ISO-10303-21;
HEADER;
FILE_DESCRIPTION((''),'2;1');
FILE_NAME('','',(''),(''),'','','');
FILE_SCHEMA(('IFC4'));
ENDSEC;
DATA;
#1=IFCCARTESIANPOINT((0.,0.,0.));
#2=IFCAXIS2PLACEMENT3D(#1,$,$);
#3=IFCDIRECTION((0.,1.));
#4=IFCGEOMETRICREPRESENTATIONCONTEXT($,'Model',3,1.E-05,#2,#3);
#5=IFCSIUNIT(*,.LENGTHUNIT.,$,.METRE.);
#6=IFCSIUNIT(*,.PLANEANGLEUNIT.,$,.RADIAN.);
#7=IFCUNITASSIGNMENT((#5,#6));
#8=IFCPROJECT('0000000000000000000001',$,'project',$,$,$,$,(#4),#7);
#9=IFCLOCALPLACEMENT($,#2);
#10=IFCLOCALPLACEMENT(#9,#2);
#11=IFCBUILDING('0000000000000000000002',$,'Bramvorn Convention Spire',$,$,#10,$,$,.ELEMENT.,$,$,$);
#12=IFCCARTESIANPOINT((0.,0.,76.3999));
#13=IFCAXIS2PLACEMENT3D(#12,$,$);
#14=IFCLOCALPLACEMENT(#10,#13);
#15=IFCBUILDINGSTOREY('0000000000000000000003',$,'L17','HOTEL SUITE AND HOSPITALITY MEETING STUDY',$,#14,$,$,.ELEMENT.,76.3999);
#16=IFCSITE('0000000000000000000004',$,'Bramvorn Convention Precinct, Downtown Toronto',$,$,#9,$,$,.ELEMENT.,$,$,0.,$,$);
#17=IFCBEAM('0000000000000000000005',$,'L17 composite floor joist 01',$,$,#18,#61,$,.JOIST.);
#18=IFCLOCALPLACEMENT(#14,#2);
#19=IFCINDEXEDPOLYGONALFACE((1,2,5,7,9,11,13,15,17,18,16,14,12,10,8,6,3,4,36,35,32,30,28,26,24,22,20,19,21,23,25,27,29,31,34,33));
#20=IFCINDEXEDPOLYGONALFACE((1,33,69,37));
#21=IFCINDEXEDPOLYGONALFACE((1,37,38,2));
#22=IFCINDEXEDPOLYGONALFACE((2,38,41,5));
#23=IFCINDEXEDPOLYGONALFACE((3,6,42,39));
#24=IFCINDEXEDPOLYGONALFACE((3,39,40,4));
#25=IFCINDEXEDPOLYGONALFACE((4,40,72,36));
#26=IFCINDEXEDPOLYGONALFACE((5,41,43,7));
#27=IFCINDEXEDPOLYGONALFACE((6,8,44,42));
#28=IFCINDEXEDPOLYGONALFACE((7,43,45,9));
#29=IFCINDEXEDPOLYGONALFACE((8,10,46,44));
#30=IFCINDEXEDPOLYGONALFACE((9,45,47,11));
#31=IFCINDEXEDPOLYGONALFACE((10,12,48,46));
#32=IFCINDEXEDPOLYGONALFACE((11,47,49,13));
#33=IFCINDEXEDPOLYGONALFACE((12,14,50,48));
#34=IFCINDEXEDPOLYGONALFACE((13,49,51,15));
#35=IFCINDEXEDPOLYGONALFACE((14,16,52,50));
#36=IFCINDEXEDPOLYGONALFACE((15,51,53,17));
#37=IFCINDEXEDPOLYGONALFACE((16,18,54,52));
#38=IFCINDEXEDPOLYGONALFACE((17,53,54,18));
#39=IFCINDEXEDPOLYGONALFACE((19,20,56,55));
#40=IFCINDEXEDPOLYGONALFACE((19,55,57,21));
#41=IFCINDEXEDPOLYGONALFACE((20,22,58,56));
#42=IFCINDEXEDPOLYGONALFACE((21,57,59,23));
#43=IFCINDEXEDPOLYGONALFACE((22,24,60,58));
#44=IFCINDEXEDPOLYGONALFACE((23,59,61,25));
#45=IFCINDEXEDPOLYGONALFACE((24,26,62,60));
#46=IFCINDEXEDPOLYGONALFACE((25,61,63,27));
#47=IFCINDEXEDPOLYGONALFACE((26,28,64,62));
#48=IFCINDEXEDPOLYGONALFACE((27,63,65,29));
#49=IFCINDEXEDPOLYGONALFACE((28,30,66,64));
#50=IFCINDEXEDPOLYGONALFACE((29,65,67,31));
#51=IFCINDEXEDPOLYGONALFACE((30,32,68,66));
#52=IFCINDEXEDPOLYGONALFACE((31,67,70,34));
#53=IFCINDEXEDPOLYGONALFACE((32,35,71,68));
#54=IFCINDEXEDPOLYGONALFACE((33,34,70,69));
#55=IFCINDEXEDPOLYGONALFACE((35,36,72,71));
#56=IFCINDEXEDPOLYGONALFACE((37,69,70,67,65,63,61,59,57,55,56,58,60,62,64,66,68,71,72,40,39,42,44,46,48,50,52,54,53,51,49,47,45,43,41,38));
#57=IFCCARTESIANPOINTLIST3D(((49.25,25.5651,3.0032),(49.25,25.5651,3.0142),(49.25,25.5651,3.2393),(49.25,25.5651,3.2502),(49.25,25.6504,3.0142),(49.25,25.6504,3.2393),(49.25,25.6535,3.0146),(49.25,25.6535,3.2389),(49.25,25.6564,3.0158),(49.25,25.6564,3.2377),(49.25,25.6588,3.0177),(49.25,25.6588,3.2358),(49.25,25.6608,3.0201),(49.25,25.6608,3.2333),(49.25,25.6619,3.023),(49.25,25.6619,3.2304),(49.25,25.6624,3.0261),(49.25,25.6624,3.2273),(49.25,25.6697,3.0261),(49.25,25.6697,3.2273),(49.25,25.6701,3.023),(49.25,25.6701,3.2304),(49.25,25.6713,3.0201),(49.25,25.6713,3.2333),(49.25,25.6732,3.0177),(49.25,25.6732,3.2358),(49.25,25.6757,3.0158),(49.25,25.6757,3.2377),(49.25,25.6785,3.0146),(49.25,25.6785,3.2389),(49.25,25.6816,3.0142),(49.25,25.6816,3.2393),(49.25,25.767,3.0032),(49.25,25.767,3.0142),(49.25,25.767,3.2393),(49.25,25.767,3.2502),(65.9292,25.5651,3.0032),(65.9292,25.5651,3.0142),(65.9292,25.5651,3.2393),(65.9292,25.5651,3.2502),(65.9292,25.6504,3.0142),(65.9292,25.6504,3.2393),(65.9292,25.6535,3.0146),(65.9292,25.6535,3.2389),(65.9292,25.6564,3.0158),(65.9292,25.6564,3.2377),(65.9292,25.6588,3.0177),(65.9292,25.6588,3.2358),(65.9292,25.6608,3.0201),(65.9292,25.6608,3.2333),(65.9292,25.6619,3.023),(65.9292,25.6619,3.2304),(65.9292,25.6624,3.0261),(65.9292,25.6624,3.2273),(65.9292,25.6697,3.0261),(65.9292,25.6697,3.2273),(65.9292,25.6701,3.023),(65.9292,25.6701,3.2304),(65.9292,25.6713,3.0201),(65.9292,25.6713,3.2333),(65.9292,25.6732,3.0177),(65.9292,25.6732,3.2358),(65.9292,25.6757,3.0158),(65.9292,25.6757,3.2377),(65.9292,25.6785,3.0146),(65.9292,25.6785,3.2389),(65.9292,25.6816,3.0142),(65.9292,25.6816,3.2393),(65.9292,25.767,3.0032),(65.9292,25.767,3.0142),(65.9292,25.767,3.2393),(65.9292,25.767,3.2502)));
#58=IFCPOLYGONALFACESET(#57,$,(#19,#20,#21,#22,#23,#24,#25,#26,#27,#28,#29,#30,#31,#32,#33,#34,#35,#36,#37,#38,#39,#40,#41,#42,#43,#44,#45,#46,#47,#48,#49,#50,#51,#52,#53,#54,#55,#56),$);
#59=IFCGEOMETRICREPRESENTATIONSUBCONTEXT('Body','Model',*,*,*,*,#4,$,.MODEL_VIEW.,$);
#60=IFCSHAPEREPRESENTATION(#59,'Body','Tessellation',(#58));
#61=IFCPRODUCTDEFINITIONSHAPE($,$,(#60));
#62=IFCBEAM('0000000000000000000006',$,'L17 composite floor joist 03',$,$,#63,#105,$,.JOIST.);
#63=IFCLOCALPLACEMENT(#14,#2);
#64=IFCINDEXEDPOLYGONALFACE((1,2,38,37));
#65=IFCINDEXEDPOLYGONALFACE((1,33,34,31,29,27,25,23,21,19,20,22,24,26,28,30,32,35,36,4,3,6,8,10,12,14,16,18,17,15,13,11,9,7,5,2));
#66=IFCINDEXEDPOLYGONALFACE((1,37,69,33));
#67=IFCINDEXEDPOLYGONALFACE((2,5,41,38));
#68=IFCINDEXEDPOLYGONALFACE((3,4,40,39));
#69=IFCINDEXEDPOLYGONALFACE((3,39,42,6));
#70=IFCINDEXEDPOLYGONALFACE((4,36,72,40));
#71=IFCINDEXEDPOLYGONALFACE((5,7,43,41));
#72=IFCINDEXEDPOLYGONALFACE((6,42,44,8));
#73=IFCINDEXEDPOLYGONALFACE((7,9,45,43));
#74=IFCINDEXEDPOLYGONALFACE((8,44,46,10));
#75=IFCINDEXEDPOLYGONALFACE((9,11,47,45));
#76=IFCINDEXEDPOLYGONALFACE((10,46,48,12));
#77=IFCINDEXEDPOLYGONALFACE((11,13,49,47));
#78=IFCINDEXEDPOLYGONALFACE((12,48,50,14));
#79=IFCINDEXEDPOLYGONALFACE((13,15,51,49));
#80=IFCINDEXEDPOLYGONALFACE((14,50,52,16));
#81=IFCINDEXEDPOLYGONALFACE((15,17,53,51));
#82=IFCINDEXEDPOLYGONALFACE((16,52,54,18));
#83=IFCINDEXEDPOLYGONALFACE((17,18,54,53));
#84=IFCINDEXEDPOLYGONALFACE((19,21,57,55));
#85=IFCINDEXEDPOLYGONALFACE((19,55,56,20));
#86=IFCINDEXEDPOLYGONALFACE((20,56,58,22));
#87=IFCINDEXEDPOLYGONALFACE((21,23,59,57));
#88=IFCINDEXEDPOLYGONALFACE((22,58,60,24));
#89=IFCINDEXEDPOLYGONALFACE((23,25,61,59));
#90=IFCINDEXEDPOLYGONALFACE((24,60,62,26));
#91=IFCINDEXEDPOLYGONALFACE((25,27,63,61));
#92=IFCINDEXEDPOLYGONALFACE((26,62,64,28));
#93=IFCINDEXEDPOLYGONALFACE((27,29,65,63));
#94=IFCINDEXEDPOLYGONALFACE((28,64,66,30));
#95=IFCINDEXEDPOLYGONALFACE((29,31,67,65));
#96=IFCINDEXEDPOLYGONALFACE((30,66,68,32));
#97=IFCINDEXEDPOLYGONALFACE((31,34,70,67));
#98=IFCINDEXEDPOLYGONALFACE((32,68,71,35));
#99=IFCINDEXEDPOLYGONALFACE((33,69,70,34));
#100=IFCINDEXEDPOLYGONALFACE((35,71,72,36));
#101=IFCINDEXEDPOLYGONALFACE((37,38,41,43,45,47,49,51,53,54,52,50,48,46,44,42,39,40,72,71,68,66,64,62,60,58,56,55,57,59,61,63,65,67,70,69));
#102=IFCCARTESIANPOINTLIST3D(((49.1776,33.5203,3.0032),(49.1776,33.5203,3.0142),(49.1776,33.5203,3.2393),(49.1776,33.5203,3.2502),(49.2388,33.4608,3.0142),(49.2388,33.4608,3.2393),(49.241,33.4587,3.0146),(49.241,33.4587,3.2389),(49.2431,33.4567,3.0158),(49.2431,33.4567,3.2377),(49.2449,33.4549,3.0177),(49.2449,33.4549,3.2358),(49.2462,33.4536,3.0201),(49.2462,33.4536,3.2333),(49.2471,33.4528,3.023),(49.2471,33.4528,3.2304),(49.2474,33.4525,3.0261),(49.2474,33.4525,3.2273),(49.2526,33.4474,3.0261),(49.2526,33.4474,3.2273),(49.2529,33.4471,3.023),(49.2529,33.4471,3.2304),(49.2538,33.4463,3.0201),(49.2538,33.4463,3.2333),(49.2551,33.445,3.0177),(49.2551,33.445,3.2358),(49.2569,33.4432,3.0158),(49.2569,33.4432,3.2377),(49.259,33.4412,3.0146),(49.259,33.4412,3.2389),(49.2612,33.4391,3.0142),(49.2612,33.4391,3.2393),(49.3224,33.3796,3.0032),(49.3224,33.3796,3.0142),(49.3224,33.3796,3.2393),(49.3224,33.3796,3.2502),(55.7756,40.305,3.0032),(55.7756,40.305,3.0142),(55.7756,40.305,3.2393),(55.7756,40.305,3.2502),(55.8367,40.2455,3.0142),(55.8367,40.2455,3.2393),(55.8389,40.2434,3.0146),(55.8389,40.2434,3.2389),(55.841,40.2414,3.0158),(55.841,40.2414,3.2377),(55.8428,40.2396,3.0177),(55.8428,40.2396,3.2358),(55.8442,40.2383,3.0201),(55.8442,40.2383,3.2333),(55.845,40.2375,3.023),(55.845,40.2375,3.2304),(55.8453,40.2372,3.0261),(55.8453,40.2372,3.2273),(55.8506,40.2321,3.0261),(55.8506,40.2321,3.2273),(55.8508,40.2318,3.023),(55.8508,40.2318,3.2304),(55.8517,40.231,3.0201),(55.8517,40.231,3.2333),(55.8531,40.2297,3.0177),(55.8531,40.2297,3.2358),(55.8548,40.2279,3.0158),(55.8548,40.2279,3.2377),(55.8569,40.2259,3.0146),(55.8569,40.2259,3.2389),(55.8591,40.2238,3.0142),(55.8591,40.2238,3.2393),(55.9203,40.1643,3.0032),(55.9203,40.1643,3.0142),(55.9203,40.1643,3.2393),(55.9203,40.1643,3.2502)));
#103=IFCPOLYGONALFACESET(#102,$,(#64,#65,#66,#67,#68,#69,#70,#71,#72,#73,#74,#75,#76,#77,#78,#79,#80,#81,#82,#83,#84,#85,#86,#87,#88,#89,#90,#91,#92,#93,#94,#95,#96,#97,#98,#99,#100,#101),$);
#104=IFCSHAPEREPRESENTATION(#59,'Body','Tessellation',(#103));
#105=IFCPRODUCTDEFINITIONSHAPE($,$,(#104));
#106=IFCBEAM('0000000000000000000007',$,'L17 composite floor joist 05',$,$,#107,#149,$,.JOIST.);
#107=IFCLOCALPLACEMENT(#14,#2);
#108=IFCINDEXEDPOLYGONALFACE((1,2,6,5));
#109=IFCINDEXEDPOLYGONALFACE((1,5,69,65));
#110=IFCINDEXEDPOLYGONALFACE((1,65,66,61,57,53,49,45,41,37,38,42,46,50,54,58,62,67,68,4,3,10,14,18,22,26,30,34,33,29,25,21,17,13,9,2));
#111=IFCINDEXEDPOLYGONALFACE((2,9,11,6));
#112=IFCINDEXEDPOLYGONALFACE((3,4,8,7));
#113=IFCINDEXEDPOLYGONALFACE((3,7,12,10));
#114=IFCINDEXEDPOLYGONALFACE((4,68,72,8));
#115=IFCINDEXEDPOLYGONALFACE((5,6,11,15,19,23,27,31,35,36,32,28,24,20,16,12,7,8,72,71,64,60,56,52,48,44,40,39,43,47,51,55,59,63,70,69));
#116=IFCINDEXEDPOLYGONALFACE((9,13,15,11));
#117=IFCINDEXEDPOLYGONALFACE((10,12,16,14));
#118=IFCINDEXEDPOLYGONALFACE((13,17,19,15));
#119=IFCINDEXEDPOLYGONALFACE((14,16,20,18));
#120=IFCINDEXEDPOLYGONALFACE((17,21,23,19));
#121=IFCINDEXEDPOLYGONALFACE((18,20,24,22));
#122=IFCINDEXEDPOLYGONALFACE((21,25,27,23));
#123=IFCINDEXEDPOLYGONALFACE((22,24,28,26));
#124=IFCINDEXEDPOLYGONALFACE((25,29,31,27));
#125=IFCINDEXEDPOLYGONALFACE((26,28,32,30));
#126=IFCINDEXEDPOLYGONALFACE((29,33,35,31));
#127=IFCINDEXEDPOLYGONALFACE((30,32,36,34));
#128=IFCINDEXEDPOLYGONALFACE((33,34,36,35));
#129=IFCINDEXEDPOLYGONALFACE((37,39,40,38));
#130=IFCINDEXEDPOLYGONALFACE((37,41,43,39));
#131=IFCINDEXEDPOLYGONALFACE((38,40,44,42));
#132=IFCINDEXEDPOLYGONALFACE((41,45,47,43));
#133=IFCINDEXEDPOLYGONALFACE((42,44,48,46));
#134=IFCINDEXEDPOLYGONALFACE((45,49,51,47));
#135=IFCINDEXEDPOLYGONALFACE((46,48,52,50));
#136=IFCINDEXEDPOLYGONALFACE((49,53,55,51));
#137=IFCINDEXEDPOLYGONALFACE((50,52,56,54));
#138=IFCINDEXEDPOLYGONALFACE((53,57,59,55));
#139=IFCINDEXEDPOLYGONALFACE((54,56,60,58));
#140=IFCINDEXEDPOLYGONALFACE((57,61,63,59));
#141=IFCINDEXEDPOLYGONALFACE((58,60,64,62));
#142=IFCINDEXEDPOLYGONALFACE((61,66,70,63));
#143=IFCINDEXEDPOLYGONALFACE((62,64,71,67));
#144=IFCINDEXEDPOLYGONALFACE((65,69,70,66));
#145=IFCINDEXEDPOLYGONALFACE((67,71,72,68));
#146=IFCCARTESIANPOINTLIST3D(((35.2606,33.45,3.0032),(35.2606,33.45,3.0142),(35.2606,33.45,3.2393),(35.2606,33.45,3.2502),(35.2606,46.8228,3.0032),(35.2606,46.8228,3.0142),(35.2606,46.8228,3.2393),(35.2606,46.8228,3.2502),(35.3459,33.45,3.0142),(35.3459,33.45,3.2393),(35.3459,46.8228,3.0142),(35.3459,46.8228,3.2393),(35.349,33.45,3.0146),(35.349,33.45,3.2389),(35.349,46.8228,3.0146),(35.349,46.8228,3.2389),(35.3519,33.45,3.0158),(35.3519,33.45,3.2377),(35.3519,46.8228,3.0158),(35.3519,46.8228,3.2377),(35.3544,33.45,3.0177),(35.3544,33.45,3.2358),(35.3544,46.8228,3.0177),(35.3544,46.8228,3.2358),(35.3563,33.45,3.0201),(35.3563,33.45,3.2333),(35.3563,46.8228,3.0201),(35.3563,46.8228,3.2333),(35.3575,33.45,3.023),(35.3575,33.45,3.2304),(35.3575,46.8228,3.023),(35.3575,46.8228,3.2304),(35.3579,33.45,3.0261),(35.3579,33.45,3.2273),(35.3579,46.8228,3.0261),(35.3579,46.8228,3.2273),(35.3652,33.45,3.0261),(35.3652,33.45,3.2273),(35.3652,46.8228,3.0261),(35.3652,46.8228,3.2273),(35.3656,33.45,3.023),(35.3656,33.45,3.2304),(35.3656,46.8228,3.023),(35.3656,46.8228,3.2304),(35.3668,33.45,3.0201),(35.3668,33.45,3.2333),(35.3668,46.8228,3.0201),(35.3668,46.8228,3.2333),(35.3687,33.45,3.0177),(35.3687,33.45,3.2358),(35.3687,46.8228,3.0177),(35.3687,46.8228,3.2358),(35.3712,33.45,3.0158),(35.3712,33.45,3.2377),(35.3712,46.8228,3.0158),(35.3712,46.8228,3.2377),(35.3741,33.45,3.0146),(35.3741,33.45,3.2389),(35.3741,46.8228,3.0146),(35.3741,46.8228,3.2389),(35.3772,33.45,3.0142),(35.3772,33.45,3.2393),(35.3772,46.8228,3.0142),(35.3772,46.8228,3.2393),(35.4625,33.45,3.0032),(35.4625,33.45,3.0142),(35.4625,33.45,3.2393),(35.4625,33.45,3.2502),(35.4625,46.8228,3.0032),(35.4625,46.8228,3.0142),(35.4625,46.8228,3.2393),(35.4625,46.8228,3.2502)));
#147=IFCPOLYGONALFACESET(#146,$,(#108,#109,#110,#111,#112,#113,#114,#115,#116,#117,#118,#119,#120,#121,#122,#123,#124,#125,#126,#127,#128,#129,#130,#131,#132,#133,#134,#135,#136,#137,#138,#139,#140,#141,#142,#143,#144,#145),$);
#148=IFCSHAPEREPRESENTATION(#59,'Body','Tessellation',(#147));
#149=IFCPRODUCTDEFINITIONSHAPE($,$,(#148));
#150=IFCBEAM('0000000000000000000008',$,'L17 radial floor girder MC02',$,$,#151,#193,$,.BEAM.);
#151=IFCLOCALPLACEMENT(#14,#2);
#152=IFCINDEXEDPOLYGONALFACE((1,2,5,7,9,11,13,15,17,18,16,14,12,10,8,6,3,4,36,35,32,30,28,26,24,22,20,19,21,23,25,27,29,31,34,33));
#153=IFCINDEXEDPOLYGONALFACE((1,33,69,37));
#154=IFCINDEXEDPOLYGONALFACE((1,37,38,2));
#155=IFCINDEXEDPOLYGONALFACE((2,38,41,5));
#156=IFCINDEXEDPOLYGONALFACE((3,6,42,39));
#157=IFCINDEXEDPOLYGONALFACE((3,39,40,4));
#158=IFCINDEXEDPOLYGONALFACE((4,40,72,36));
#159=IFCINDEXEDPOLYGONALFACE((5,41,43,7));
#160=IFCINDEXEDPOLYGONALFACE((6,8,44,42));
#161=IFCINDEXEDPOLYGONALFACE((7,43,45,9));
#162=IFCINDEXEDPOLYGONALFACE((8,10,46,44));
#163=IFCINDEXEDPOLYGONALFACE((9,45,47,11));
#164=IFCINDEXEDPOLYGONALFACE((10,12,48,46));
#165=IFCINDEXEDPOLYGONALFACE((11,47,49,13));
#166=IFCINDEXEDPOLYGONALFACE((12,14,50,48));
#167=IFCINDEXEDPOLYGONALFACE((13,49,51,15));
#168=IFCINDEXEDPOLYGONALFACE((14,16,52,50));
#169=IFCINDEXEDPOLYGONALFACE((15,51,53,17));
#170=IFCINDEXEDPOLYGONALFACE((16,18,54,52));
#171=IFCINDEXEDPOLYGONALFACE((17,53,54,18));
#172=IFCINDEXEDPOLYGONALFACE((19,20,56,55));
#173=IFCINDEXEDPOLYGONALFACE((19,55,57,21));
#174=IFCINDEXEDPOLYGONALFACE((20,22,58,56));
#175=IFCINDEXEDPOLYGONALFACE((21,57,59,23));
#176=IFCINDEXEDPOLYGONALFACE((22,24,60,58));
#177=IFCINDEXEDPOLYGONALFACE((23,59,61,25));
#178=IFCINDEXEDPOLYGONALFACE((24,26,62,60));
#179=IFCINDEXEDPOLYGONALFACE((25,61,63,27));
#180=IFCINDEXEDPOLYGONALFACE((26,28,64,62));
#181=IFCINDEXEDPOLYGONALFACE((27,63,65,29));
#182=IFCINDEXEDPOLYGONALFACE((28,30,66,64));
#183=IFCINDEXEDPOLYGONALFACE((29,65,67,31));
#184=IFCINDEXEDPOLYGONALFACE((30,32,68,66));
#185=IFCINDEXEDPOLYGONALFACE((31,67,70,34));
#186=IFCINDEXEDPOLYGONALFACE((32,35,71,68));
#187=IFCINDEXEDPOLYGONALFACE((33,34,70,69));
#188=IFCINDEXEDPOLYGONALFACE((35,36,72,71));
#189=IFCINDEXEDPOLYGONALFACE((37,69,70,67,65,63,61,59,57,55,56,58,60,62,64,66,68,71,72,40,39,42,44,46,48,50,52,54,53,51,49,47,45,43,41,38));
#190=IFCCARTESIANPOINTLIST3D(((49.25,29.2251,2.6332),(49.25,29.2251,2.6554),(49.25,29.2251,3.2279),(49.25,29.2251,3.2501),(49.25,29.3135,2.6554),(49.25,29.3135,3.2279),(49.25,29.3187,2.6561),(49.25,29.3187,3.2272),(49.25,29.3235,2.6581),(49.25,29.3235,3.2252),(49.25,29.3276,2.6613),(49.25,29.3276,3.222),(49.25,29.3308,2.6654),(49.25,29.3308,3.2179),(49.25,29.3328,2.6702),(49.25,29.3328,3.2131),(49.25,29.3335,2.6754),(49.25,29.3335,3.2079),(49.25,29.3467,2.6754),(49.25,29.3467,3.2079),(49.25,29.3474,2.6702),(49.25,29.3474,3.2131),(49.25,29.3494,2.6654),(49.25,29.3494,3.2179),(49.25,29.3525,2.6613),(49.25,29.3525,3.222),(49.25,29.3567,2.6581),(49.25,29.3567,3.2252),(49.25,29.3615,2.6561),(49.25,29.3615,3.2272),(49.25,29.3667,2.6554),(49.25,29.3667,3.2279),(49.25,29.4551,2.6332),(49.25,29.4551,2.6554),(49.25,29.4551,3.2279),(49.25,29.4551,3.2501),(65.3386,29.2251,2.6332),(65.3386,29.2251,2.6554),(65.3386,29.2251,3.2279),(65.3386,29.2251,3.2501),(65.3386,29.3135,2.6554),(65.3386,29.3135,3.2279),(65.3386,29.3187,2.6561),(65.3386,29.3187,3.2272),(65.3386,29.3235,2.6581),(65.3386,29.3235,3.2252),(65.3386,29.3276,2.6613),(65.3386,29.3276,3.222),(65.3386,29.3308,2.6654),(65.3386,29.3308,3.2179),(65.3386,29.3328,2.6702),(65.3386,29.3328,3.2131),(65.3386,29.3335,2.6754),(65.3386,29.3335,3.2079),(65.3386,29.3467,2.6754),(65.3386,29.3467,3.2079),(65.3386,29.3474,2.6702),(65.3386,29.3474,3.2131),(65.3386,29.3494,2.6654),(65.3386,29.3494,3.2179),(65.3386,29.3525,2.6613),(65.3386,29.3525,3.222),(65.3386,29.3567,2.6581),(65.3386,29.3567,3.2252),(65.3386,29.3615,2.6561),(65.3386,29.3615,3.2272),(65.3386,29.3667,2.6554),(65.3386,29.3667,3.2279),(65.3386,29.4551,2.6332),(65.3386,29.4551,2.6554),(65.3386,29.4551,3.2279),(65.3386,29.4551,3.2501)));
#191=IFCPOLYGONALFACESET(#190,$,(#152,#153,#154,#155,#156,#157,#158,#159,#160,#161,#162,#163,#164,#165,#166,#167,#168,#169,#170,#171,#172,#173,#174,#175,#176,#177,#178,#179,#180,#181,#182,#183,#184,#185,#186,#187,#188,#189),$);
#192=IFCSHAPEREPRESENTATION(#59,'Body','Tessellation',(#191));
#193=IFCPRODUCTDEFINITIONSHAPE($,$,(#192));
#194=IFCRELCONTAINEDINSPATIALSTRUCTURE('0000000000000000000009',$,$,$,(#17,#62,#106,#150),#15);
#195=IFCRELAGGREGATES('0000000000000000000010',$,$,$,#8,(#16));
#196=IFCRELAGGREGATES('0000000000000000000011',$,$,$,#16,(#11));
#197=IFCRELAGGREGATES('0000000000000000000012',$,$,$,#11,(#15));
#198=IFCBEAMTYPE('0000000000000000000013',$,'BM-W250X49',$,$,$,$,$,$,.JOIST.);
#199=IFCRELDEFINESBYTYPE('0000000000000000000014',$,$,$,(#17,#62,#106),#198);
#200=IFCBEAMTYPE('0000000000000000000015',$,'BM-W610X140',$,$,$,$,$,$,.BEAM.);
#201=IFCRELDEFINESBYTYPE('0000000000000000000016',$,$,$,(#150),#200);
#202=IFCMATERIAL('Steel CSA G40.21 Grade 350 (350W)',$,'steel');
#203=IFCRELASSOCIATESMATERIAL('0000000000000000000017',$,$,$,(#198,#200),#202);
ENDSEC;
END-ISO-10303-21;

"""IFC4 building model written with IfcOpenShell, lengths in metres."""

from ifc_helpers import new_model, si_unit, direction, frame, origin, origin_2d, place, context, subcontext, project, spatial, i_section, extrude, material, material_profile, profile_set, type_object, element, save


model = new_model("IFC4")

# Units and contexts
model_context = context("Model", 3, precision=1e-05, world=origin(), true_north=direction((0.0, 1.0)))
body_context = subcontext(model_context, "Body", "Model", "MODEL_VIEW")
ifc_project = project(units=[si_unit("LENGTHUNIT", "METRE"), si_unit("PLANEANGLEUNIT", "RADIAN")], contexts=[model_context])

# Site, building, storey
site_placement = place(None, origin())
site = spatial("IfcSite", under=ifc_project, at=site_placement, Name="Bramvorn Convention Precinct, Downtown Toronto", CompositionType="ELEMENT", RefElevation=0.0)
building_placement = place(site_placement, origin())
building = spatial("IfcBuilding", under=site, at=building_placement, Name="Bramvorn Convention Spire", CompositionType="ELEMENT")
storey_placement = place(building_placement, frame((0.0, 0.0, 76.3999)))
storey = spatial("IfcBuildingStorey", under=building, at=storey_placement, Name="L17", Description="HOTEL SUITE AND HOSPITALITY MEETING STUDY", CompositionType="ELEMENT", Elevation=76.3999)

# Beams
ifc_material_1 = material(Name="Steel CSA G40.21 Grade 350 (350W)", Category="steel")
ifc_material_profile_1 = material_profile(ifc_material_1, i_section(OverallWidth=0.2019, OverallDepth=0.2471, WebThickness=0.0073, FlangeThickness=0.011, FilletRadius=0.012, at=origin_2d()))
ifc_profile_set_1 = profile_set([ifc_material_profile_1], Name="Steel CSA G40.21 Grade 350 (350W) - W250X49")
beam_type_1 = type_object("IfcBeamType", Name="BM-W250X49", PredefinedType="JOIST", material=ifc_profile_set_1)
beam_1_placement = place(storey_placement, frame((49.25, 25.666, 3.1267), z_axis=(1.0, 0.0, 0.0), x_axis=(0.0, 1.0, 0.0)))
element("IfcBeam", 1, at=beam_1_placement, inside=storey, type_object=beam_type_1, Name="L17 composite floor joist 01", PredefinedType="JOIST", context=body_context, shape_type="SweptSolid", body=[
    extrude(i_section(OverallWidth=0.2019, OverallDepth=0.2471, WebThickness=0.0073, FlangeThickness=0.011, FilletRadius=0.012, at=origin_2d()), origin(), (0.0, 0.0, 1.0), 16.6792),
])
beam_2_placement = place(storey_placement, frame((49.25, 33.45, 3.1267), z_axis=(0.69717, 0.716905, 0.0), x_axis=(-0.716905, 0.69717, 0.0)))
element("IfcBeam", 2, at=beam_2_placement, inside=storey, type_object=beam_type_1, Name="L17 composite floor joist 03", PredefinedType="JOIST", context=body_context, shape_type="SweptSolid", body=[
    extrude(i_section(OverallWidth=0.2019, OverallDepth=0.2471, WebThickness=0.0073, FlangeThickness=0.011, FilletRadius=0.012, at=origin_2d()), origin(), (0.0, 0.0, 1.0), 9.4639),
])
beam_3_placement = place(storey_placement, frame((35.3616, 33.45, 3.1267), z_axis=(0.0, 1.0, 0.0), x_axis=(-1.0, 0.0, 0.0)))
element("IfcBeam", 3, at=beam_3_placement, inside=storey, type_object=beam_type_1, Name="L17 composite floor joist 05", PredefinedType="JOIST", context=body_context, shape_type="SweptSolid", body=[
    extrude(i_section(OverallWidth=0.2019, OverallDepth=0.2471, WebThickness=0.0073, FlangeThickness=0.011, FilletRadius=0.012, at=origin_2d()), origin(), (0.0, 0.0, 1.0), 13.3728),
])
ifc_material_profile_2 = material_profile(ifc_material_1, i_section(OverallWidth=0.23, OverallDepth=0.6169, WebThickness=0.0132, FlangeThickness=0.0222, FilletRadius=0.02, at=origin_2d()))
ifc_profile_set_2 = profile_set([ifc_material_profile_2], Name="Steel CSA G40.21 Grade 350 (350W) - W610X140")
beam_type_2 = type_object("IfcBeamType", Name="BM-W610X140", PredefinedType="BEAM", material=ifc_profile_set_2)
beam_4_placement = place(storey_placement, frame((49.25, 29.3401, 2.9417), z_axis=(1.0, 0.0, 0.0), x_axis=(0.0, 1.0, 0.0)))
element("IfcBeam", 4, at=beam_4_placement, inside=storey, type_object=beam_type_2, Name="L17 radial floor girder MC02", PredefinedType="BEAM", context=body_context, shape_type="SweptSolid", body=[
    extrude(i_section(OverallWidth=0.23, OverallDepth=0.6169, WebThickness=0.0132, FlangeThickness=0.0222, FilletRadius=0.02, at=origin_2d()), origin(), (0.0, 0.0, 1.0), 16.0886),
])

save(model, "model.ifc")
